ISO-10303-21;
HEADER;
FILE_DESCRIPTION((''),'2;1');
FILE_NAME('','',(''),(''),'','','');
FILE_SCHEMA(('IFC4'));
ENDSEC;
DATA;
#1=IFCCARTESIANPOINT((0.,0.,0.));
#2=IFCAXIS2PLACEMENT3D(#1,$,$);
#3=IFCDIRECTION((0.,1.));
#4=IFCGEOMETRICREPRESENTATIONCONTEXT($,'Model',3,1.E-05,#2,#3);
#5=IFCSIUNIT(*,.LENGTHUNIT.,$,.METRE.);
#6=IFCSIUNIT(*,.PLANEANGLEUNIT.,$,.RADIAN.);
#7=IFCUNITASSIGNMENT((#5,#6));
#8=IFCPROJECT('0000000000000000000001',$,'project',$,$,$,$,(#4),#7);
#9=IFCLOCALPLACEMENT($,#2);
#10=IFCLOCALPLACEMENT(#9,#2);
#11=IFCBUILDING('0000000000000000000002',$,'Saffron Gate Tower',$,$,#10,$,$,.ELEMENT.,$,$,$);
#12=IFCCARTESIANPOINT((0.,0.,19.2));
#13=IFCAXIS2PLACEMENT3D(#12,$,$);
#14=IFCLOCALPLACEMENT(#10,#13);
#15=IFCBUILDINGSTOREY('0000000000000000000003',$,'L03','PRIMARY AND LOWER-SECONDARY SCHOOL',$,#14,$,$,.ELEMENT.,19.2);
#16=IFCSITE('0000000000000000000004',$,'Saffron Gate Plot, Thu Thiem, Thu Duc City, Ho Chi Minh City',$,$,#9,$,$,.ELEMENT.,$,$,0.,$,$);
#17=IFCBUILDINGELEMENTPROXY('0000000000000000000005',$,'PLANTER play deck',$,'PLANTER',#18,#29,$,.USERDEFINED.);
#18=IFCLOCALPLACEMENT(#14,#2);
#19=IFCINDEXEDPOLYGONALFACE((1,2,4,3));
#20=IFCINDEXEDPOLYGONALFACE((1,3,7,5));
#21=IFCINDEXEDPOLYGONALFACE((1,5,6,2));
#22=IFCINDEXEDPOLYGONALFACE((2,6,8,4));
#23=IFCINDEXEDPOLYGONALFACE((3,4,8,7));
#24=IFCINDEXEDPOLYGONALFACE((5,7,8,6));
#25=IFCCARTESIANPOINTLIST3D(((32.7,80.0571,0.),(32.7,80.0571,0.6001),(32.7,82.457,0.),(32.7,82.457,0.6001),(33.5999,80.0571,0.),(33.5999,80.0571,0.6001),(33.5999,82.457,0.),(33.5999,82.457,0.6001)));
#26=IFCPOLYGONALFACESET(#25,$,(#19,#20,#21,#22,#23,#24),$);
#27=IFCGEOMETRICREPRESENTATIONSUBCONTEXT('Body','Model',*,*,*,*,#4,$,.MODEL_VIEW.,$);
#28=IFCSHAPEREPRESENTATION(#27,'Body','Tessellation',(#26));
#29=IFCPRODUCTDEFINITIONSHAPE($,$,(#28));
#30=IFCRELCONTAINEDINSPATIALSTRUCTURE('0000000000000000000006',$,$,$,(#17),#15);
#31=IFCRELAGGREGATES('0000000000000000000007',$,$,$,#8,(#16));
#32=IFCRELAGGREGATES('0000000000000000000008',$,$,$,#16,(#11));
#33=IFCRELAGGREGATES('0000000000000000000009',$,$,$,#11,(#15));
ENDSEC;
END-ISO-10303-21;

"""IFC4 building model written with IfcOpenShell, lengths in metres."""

from ifc_helpers import new_model, si_unit, direction, frame, origin, origin_2d, place, context, subcontext, project, spatial, rectangle, extrude, element, save


model = new_model("IFC4")

# Units and contexts
model_context = context("Model", 3, precision=1e-05, world=origin(), true_north=direction((0.0, 1.0)))
body_context = subcontext(model_context, "Body", "Model", "MODEL_VIEW")
ifc_project = project(units=[si_unit("LENGTHUNIT", "METRE"), si_unit("PLANEANGLEUNIT", "RADIAN")], contexts=[model_context])

# Site, building, storey
site_placement = place(None, origin())
site = spatial("IfcSite", under=ifc_project, at=site_placement, Name="Saffron Gate Plot, Thu Thiem, Thu Duc City, Ho Chi Minh City", CompositionType="ELEMENT", RefElevation=0.0)
building_placement = place(site_placement, origin())
building = spatial("IfcBuilding", under=site, at=building_placement, Name="Saffron Gate Tower", CompositionType="ELEMENT")
storey_placement = place(building_placement, frame((0.0, 0.0, 19.2)))
storey = spatial("IfcBuildingStorey", under=building, at=storey_placement, Name="L03", Description="PRIMARY AND LOWER-SECONDARY SCHOOL", CompositionType="ELEMENT", Elevation=19.2)

# Building element proxy
for number, where, z_axis, x_axis, name in (
    (1, (33.1499, 81.2571, 0.0), (0.0, 0.0, 1.0), (0.0, 1.0, 0.0), "PLANTER play deck"),
):
    element("IfcBuildingElementProxy", number, at=place(storey_placement, frame(where, z_axis=z_axis, x_axis=x_axis)), inside=storey, Name=name, ObjectType="PLANTER", PredefinedType="USERDEFINED", context=body_context, shape_type="SweptSolid", body=[
        extrude(rectangle(XDim=2.3999, YDim=0.8999, at=origin_2d()), origin(), (0.0, 0.0, 1.0), 0.6001),
    ])

save(model, "model.ifc")
